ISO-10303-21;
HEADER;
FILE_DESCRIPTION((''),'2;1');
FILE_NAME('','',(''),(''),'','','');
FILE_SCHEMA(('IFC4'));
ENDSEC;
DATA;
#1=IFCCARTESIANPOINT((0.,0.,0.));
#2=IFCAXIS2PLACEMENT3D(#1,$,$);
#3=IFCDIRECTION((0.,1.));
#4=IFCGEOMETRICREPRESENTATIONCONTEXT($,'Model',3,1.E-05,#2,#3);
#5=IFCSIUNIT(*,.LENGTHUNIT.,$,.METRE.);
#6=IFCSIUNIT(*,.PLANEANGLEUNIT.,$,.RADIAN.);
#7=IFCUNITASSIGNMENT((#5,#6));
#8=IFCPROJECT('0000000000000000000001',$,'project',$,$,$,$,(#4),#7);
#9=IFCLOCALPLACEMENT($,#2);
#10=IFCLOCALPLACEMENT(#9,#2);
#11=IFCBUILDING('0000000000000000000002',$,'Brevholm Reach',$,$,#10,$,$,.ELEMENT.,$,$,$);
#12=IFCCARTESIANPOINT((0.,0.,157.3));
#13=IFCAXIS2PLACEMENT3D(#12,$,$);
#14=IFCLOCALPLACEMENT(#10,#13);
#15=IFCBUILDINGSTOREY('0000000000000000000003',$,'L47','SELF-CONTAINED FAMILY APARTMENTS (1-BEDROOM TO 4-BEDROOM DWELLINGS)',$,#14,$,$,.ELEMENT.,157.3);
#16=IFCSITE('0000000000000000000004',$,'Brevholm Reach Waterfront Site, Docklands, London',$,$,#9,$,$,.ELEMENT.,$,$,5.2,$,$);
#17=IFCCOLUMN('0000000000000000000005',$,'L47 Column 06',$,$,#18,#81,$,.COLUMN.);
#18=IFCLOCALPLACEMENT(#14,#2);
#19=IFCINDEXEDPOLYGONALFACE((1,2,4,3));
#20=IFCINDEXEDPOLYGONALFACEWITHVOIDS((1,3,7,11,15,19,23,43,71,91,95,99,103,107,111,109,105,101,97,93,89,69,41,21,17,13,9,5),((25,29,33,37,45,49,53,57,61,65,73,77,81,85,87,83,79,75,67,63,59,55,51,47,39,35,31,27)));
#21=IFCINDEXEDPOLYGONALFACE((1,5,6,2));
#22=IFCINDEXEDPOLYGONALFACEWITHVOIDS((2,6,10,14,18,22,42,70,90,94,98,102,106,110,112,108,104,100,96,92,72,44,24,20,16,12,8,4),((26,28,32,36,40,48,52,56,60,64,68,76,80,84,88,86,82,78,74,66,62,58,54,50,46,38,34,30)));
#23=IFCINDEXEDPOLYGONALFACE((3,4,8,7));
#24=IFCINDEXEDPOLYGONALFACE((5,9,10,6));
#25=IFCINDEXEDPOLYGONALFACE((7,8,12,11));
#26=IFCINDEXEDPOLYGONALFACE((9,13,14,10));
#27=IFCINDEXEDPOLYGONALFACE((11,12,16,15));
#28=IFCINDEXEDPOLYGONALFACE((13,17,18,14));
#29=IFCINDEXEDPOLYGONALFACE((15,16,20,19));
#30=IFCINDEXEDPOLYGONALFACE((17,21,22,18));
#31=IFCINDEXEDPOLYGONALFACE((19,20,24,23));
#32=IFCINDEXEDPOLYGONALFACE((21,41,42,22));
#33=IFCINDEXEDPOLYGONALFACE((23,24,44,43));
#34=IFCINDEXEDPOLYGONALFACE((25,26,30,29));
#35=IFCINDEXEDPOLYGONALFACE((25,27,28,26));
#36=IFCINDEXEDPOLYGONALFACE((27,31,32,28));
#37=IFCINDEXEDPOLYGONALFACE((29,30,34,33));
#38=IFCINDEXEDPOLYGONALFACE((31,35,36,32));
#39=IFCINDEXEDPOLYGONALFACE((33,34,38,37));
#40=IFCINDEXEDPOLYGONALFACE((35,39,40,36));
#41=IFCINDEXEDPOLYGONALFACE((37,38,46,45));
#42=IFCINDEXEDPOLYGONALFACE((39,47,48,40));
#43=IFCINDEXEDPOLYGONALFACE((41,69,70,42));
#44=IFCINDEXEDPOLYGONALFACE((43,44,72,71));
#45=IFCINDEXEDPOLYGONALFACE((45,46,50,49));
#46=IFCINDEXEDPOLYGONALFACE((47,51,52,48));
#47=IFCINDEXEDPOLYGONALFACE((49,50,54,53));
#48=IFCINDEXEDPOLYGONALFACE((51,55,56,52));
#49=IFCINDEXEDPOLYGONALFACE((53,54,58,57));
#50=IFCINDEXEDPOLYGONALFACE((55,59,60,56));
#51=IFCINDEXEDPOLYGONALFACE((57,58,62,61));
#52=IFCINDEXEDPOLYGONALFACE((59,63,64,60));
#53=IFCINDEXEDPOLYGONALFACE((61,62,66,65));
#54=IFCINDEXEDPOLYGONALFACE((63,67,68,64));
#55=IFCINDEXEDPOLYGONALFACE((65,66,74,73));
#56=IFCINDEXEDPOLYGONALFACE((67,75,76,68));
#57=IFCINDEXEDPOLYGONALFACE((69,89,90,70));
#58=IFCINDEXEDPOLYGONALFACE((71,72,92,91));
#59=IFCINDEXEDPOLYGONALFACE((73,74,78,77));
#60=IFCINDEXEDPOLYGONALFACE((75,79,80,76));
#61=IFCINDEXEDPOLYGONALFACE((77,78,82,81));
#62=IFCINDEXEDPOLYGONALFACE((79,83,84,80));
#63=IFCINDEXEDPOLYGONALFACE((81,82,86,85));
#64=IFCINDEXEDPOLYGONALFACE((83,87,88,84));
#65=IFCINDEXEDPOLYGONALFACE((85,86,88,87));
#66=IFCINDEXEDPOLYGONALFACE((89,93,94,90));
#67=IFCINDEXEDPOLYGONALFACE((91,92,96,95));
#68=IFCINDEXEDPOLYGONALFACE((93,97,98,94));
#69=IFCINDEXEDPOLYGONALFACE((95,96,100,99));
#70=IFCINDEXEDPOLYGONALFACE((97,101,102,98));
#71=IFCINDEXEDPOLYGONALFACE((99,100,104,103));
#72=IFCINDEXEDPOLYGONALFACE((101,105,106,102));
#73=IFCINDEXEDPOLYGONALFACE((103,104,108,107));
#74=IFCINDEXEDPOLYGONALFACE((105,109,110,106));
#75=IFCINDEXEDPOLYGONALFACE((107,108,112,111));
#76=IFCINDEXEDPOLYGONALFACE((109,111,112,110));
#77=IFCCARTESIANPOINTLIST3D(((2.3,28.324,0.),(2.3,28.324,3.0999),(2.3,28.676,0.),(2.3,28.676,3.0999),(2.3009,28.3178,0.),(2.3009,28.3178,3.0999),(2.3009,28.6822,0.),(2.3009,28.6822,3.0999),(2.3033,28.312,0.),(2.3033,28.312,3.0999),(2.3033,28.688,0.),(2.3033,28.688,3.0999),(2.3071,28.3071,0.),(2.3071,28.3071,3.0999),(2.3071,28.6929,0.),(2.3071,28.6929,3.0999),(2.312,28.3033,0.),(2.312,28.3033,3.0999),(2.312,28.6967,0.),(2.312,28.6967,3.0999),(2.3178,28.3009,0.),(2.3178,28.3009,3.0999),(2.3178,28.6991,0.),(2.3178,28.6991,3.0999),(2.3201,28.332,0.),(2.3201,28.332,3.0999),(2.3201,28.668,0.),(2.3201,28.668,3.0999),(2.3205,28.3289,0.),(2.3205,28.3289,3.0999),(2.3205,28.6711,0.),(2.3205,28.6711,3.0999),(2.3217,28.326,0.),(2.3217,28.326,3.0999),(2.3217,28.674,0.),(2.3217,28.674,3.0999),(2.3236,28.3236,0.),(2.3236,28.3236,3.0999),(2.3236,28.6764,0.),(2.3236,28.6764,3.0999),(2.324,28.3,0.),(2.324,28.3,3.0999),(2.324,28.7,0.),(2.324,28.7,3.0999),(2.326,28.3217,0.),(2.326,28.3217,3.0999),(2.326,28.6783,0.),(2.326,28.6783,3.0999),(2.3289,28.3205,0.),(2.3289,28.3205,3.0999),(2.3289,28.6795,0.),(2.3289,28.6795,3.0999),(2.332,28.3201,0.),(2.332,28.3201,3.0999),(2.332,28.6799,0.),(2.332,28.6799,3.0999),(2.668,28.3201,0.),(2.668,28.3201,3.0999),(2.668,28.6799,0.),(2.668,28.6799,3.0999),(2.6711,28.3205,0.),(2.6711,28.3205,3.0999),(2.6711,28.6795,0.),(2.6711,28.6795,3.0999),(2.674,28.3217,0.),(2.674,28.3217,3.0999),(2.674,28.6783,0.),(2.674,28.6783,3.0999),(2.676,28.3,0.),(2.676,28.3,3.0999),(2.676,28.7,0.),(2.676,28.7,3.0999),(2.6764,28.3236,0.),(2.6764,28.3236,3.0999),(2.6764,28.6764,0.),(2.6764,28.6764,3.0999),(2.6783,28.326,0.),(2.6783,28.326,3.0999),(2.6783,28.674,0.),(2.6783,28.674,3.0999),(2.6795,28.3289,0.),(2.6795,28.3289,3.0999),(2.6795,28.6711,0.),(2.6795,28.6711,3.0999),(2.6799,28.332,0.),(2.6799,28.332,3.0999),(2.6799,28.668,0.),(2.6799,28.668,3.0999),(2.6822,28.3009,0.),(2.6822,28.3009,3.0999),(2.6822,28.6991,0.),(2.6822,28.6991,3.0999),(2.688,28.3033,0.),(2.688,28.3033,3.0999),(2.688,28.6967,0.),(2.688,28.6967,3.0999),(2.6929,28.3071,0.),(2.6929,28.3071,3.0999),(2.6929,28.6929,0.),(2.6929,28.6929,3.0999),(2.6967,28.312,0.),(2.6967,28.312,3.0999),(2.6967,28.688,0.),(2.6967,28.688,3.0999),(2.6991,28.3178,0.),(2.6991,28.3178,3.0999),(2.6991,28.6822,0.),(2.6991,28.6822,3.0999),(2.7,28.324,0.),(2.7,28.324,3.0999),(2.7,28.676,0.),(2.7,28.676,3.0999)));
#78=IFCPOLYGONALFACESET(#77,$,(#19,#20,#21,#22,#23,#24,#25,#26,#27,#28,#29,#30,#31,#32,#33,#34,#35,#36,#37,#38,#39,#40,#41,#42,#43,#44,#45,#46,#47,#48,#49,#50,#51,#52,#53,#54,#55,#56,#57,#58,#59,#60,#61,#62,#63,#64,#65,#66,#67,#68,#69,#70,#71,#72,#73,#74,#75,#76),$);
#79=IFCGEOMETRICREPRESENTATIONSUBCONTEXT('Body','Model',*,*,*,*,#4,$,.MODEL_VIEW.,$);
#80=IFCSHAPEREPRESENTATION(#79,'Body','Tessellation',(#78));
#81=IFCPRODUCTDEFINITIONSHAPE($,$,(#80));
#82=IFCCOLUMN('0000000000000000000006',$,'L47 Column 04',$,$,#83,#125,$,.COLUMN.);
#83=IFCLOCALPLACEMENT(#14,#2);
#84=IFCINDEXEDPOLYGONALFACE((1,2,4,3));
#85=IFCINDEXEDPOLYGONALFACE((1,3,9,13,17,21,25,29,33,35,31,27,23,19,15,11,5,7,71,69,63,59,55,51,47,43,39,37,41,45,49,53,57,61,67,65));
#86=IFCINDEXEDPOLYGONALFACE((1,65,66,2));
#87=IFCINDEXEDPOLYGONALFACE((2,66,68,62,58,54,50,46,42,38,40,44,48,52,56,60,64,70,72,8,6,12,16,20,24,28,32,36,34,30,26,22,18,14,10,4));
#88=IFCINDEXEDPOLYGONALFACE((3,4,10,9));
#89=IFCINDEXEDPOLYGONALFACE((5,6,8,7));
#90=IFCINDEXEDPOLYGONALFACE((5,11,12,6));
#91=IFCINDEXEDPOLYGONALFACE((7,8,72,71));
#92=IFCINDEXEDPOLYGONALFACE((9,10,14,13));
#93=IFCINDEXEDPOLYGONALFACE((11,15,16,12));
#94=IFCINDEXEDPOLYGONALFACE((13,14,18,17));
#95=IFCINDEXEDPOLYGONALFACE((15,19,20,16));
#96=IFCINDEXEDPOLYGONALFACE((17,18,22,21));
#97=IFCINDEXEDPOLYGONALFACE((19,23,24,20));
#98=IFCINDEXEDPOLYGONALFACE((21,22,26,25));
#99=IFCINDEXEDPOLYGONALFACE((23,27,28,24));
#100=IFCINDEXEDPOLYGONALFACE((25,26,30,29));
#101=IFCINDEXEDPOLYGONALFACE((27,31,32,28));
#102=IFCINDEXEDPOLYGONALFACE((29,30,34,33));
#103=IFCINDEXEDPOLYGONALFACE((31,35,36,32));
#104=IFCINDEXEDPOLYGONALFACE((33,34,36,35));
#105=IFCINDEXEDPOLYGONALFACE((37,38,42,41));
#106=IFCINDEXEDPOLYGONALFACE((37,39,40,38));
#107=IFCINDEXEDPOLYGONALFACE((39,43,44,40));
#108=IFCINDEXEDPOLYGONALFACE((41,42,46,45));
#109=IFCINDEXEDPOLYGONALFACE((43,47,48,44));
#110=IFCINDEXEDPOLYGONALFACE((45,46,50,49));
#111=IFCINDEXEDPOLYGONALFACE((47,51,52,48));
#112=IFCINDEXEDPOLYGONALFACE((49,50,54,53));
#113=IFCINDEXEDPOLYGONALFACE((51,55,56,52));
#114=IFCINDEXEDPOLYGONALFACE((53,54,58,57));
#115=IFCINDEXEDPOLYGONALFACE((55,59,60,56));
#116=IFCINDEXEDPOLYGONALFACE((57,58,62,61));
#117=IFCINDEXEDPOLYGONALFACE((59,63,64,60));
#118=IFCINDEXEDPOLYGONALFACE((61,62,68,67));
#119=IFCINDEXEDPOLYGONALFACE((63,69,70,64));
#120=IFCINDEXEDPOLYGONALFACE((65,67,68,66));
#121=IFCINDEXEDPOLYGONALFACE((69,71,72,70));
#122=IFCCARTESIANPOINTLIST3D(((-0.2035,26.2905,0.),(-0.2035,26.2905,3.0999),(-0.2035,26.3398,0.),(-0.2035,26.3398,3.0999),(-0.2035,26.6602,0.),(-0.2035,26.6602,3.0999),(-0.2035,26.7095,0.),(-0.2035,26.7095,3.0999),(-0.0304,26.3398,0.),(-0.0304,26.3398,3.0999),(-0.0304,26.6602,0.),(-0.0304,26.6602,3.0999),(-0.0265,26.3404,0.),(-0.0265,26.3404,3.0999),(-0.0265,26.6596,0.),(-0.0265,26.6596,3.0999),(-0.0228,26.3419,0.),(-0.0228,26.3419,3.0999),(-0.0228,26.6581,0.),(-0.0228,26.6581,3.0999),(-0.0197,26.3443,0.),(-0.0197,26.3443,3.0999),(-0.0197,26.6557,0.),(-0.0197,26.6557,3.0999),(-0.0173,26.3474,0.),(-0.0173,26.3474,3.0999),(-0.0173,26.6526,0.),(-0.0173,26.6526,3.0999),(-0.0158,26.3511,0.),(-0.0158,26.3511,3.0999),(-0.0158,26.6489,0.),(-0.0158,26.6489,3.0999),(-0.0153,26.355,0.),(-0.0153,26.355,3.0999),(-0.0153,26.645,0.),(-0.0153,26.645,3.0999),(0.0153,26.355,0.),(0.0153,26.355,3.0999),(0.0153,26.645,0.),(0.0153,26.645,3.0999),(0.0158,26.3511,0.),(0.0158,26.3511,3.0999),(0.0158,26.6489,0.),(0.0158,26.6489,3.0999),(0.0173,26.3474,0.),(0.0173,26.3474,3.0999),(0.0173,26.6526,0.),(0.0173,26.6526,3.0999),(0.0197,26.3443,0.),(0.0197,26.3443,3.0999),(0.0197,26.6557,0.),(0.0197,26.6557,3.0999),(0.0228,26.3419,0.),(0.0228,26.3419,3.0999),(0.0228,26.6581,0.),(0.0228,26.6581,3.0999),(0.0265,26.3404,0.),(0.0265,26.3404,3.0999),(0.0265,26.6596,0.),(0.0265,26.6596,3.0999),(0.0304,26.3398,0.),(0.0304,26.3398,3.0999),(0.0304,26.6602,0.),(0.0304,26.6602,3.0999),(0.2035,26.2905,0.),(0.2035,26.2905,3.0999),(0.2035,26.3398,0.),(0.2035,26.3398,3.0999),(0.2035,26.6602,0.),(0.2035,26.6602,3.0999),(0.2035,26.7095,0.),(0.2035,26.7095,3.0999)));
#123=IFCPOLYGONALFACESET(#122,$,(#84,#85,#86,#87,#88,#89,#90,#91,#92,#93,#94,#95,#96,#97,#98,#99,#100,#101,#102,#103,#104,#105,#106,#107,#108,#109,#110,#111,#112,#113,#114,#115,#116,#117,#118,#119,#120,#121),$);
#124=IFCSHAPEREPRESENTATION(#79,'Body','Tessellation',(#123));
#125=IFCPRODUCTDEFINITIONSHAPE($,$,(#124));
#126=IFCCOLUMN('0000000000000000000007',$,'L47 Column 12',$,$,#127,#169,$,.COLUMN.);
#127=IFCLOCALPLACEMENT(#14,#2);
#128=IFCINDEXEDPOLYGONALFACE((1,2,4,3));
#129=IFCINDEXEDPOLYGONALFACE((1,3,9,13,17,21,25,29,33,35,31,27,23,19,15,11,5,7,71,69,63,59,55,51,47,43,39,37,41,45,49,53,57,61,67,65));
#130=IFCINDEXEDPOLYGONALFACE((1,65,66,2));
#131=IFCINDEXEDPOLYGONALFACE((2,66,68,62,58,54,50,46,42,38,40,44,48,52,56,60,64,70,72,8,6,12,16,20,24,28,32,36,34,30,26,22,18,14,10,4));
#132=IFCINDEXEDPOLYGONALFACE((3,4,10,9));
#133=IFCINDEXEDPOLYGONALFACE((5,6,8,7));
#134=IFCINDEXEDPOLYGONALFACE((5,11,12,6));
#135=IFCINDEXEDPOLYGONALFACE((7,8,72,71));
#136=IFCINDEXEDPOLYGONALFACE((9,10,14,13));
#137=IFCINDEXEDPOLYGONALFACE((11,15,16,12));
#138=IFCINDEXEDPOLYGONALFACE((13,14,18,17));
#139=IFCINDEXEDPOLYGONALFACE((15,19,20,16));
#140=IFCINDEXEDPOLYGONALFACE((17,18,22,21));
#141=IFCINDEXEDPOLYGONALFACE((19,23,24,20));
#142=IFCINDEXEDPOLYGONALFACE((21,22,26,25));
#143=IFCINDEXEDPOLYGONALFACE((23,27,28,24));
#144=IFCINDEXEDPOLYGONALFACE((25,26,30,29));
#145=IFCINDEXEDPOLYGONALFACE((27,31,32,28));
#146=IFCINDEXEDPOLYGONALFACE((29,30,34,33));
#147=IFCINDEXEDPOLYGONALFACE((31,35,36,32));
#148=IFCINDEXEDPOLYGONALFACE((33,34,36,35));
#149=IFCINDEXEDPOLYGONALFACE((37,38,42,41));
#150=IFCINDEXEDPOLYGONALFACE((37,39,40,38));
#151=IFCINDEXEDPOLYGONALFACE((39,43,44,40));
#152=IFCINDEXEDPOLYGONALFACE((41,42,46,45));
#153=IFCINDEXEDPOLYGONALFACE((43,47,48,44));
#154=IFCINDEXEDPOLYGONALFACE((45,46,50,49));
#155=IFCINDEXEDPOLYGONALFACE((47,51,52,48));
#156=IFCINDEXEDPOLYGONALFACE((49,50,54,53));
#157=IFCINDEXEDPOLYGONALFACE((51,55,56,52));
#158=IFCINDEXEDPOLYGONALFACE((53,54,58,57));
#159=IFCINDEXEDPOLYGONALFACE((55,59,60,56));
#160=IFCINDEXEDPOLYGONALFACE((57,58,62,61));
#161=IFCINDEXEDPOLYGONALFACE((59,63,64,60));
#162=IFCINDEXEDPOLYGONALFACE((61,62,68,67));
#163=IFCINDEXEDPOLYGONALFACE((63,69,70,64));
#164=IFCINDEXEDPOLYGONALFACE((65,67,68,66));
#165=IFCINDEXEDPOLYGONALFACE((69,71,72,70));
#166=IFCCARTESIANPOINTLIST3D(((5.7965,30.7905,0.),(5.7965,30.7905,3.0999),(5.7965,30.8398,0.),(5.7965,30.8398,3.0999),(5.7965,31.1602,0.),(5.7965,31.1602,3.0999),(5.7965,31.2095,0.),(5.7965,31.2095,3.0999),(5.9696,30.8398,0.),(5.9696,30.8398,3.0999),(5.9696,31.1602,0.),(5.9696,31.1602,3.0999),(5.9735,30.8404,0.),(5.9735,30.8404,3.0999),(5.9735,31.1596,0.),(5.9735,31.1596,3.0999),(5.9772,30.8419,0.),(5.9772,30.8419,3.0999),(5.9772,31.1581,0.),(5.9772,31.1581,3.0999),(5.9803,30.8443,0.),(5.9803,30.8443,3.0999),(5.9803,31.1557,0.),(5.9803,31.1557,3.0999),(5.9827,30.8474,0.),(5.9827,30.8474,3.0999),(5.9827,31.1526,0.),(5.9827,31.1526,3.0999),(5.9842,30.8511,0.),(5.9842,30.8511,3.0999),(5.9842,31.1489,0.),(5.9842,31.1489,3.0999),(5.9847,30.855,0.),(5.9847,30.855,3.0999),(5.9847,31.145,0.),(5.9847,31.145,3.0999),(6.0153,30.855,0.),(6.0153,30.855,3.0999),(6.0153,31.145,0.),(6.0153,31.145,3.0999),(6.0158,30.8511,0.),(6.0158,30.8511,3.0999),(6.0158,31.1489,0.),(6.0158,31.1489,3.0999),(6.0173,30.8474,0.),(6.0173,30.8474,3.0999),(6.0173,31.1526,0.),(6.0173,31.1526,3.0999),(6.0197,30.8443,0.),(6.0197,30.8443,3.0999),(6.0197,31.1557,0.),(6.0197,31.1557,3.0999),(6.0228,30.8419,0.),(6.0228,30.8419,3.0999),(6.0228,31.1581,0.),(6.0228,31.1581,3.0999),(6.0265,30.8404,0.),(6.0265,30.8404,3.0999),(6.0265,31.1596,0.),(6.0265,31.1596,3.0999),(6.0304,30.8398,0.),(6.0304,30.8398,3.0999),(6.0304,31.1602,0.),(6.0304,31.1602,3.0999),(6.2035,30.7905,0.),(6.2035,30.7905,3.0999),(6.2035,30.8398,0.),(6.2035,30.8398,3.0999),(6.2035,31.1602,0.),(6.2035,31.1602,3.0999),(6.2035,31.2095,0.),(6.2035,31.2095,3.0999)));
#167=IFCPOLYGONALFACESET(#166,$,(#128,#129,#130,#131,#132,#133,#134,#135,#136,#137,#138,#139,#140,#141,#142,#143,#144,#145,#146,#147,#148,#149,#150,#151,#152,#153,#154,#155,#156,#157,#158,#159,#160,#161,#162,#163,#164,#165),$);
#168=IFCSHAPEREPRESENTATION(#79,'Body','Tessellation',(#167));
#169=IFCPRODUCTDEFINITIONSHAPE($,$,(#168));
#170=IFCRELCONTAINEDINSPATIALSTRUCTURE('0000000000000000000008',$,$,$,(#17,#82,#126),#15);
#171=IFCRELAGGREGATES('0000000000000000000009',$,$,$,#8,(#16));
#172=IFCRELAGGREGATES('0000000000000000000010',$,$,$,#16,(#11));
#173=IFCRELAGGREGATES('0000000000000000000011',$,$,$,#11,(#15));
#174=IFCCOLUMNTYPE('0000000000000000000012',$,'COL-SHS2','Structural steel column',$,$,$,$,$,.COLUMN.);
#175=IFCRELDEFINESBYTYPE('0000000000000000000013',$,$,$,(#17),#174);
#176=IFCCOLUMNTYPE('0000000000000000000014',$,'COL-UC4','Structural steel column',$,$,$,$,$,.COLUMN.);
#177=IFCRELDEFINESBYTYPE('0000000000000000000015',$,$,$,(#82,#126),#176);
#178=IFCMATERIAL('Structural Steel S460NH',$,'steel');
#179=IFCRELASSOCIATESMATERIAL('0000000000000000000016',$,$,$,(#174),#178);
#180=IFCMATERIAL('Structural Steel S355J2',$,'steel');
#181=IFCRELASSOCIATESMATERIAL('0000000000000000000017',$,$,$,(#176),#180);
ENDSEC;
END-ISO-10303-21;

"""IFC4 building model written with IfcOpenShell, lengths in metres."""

from ifc_helpers import new_model, si_unit, direction, frame, origin, origin_2d, place, context, subcontext, project, spatial, hollow_rectangle, i_section, extrude, material, material_profile, profile_set, type_object, element, save


model = new_model("IFC4")

# Units and contexts
model_context = context("Model", 3, precision=1e-05, world=origin(), true_north=direction((0.0, 1.0)))
body_context = subcontext(model_context, "Body", "Model", "MODEL_VIEW")
ifc_project = project(units=[si_unit("LENGTHUNIT", "METRE"), si_unit("PLANEANGLEUNIT", "RADIAN")], contexts=[model_context])

# Site, building, storey
site_placement = place(None, origin())
site = spatial("IfcSite", under=ifc_project, at=site_placement, Name="Brevholm Reach Waterfront Site, Docklands, London", CompositionType="ELEMENT", RefElevation=5.2)
building_placement = place(site_placement, origin())
building = spatial("IfcBuilding", under=site, at=building_placement, Name="Brevholm Reach", CompositionType="ELEMENT")
storey_placement = place(building_placement, frame((0.0, 0.0, 157.3)))
storey = spatial("IfcBuildingStorey", under=building, at=storey_placement, Name="L47", Description="SELF-CONTAINED FAMILY APARTMENTS (1-BEDROOM TO 4-BEDROOM DWELLINGS)", CompositionType="ELEMENT", Elevation=157.3)

# Columns
ifc_material_1 = material(Name="Structural Steel S460NH", Category="steel")
ifc_material_profile_1 = material_profile(ifc_material_1, hollow_rectangle(XDim=0.3999, YDim=0.3999, WallThickness=0.02, InnerFilletRadius=0.012, OuterFilletRadius=0.0239, at=origin_2d()), Name="SHS 400x400x20")
ifc_profile_set_1 = profile_set([ifc_material_profile_1], Name="Structural Steel S460NH")
column_type_1 = type_object("IfcColumnType", Name="COL-SHS2", Description="Structural steel column", PredefinedType="COLUMN", material=ifc_profile_set_1)
column_placement = place(storey_placement, frame((2.5, 28.5, 0.0), z_axis=(0.0, 0.0, 1.0), x_axis=(1.0, 0.0, 0.0)))
element("IfcColumn", 1, at=column_placement, inside=storey, type_object=column_type_1, Name="L47 Column 06", PredefinedType="COLUMN", context=body_context, shape_type="SweptSolid", body=[
    extrude(hollow_rectangle(XDim=0.3999, YDim=0.3999, WallThickness=0.02, InnerFilletRadius=0.012, OuterFilletRadius=0.0239, at=origin_2d()), origin(), (0.0, 0.0, 1.0), 3.0999),
])
ifc_material_2 = material(Name="Structural Steel S355J2", Category="steel")
ifc_material_profile_2 = material_profile(ifc_material_2, i_section(OverallWidth=0.407, OverallDepth=0.4189, WebThickness=0.0305, FlangeThickness=0.0493, FilletRadius=0.0151, at=origin_2d()), Name="UKC 356x406x393")
ifc_profile_set_2 = profile_set([ifc_material_profile_2], Name="Structural Steel S355J2")
column_type_2 = type_object("IfcColumnType", Name="COL-UC4", Description="Structural steel column", PredefinedType="COLUMN", material=ifc_profile_set_2)
for number, where, z_axis, x_axis, name in (
    (2, (0.0, 26.5, 0.0), (0.0, 0.0, 1.0), (1.0, 0.0, 0.0), "L47 Column 04"),
    (3, (6.0, 31.0, 0.0), (0.0, 0.0, 1.0), (1.0, 0.0, 0.0), "L47 Column 12"),
):
    element("IfcColumn", number, at=place(storey_placement, frame(where, z_axis=z_axis, x_axis=x_axis)), inside=storey, type_object=column_type_2, Name=name, PredefinedType="COLUMN", context=body_context, shape_type="SweptSolid", body=[
        extrude(i_section(OverallWidth=0.407, OverallDepth=0.4189, WebThickness=0.0305, FlangeThickness=0.0493, FilletRadius=0.0151, at=origin_2d()), origin(), (0.0, 0.0, 1.0), 3.0999),
    ])

save(model, "model.ifc")
